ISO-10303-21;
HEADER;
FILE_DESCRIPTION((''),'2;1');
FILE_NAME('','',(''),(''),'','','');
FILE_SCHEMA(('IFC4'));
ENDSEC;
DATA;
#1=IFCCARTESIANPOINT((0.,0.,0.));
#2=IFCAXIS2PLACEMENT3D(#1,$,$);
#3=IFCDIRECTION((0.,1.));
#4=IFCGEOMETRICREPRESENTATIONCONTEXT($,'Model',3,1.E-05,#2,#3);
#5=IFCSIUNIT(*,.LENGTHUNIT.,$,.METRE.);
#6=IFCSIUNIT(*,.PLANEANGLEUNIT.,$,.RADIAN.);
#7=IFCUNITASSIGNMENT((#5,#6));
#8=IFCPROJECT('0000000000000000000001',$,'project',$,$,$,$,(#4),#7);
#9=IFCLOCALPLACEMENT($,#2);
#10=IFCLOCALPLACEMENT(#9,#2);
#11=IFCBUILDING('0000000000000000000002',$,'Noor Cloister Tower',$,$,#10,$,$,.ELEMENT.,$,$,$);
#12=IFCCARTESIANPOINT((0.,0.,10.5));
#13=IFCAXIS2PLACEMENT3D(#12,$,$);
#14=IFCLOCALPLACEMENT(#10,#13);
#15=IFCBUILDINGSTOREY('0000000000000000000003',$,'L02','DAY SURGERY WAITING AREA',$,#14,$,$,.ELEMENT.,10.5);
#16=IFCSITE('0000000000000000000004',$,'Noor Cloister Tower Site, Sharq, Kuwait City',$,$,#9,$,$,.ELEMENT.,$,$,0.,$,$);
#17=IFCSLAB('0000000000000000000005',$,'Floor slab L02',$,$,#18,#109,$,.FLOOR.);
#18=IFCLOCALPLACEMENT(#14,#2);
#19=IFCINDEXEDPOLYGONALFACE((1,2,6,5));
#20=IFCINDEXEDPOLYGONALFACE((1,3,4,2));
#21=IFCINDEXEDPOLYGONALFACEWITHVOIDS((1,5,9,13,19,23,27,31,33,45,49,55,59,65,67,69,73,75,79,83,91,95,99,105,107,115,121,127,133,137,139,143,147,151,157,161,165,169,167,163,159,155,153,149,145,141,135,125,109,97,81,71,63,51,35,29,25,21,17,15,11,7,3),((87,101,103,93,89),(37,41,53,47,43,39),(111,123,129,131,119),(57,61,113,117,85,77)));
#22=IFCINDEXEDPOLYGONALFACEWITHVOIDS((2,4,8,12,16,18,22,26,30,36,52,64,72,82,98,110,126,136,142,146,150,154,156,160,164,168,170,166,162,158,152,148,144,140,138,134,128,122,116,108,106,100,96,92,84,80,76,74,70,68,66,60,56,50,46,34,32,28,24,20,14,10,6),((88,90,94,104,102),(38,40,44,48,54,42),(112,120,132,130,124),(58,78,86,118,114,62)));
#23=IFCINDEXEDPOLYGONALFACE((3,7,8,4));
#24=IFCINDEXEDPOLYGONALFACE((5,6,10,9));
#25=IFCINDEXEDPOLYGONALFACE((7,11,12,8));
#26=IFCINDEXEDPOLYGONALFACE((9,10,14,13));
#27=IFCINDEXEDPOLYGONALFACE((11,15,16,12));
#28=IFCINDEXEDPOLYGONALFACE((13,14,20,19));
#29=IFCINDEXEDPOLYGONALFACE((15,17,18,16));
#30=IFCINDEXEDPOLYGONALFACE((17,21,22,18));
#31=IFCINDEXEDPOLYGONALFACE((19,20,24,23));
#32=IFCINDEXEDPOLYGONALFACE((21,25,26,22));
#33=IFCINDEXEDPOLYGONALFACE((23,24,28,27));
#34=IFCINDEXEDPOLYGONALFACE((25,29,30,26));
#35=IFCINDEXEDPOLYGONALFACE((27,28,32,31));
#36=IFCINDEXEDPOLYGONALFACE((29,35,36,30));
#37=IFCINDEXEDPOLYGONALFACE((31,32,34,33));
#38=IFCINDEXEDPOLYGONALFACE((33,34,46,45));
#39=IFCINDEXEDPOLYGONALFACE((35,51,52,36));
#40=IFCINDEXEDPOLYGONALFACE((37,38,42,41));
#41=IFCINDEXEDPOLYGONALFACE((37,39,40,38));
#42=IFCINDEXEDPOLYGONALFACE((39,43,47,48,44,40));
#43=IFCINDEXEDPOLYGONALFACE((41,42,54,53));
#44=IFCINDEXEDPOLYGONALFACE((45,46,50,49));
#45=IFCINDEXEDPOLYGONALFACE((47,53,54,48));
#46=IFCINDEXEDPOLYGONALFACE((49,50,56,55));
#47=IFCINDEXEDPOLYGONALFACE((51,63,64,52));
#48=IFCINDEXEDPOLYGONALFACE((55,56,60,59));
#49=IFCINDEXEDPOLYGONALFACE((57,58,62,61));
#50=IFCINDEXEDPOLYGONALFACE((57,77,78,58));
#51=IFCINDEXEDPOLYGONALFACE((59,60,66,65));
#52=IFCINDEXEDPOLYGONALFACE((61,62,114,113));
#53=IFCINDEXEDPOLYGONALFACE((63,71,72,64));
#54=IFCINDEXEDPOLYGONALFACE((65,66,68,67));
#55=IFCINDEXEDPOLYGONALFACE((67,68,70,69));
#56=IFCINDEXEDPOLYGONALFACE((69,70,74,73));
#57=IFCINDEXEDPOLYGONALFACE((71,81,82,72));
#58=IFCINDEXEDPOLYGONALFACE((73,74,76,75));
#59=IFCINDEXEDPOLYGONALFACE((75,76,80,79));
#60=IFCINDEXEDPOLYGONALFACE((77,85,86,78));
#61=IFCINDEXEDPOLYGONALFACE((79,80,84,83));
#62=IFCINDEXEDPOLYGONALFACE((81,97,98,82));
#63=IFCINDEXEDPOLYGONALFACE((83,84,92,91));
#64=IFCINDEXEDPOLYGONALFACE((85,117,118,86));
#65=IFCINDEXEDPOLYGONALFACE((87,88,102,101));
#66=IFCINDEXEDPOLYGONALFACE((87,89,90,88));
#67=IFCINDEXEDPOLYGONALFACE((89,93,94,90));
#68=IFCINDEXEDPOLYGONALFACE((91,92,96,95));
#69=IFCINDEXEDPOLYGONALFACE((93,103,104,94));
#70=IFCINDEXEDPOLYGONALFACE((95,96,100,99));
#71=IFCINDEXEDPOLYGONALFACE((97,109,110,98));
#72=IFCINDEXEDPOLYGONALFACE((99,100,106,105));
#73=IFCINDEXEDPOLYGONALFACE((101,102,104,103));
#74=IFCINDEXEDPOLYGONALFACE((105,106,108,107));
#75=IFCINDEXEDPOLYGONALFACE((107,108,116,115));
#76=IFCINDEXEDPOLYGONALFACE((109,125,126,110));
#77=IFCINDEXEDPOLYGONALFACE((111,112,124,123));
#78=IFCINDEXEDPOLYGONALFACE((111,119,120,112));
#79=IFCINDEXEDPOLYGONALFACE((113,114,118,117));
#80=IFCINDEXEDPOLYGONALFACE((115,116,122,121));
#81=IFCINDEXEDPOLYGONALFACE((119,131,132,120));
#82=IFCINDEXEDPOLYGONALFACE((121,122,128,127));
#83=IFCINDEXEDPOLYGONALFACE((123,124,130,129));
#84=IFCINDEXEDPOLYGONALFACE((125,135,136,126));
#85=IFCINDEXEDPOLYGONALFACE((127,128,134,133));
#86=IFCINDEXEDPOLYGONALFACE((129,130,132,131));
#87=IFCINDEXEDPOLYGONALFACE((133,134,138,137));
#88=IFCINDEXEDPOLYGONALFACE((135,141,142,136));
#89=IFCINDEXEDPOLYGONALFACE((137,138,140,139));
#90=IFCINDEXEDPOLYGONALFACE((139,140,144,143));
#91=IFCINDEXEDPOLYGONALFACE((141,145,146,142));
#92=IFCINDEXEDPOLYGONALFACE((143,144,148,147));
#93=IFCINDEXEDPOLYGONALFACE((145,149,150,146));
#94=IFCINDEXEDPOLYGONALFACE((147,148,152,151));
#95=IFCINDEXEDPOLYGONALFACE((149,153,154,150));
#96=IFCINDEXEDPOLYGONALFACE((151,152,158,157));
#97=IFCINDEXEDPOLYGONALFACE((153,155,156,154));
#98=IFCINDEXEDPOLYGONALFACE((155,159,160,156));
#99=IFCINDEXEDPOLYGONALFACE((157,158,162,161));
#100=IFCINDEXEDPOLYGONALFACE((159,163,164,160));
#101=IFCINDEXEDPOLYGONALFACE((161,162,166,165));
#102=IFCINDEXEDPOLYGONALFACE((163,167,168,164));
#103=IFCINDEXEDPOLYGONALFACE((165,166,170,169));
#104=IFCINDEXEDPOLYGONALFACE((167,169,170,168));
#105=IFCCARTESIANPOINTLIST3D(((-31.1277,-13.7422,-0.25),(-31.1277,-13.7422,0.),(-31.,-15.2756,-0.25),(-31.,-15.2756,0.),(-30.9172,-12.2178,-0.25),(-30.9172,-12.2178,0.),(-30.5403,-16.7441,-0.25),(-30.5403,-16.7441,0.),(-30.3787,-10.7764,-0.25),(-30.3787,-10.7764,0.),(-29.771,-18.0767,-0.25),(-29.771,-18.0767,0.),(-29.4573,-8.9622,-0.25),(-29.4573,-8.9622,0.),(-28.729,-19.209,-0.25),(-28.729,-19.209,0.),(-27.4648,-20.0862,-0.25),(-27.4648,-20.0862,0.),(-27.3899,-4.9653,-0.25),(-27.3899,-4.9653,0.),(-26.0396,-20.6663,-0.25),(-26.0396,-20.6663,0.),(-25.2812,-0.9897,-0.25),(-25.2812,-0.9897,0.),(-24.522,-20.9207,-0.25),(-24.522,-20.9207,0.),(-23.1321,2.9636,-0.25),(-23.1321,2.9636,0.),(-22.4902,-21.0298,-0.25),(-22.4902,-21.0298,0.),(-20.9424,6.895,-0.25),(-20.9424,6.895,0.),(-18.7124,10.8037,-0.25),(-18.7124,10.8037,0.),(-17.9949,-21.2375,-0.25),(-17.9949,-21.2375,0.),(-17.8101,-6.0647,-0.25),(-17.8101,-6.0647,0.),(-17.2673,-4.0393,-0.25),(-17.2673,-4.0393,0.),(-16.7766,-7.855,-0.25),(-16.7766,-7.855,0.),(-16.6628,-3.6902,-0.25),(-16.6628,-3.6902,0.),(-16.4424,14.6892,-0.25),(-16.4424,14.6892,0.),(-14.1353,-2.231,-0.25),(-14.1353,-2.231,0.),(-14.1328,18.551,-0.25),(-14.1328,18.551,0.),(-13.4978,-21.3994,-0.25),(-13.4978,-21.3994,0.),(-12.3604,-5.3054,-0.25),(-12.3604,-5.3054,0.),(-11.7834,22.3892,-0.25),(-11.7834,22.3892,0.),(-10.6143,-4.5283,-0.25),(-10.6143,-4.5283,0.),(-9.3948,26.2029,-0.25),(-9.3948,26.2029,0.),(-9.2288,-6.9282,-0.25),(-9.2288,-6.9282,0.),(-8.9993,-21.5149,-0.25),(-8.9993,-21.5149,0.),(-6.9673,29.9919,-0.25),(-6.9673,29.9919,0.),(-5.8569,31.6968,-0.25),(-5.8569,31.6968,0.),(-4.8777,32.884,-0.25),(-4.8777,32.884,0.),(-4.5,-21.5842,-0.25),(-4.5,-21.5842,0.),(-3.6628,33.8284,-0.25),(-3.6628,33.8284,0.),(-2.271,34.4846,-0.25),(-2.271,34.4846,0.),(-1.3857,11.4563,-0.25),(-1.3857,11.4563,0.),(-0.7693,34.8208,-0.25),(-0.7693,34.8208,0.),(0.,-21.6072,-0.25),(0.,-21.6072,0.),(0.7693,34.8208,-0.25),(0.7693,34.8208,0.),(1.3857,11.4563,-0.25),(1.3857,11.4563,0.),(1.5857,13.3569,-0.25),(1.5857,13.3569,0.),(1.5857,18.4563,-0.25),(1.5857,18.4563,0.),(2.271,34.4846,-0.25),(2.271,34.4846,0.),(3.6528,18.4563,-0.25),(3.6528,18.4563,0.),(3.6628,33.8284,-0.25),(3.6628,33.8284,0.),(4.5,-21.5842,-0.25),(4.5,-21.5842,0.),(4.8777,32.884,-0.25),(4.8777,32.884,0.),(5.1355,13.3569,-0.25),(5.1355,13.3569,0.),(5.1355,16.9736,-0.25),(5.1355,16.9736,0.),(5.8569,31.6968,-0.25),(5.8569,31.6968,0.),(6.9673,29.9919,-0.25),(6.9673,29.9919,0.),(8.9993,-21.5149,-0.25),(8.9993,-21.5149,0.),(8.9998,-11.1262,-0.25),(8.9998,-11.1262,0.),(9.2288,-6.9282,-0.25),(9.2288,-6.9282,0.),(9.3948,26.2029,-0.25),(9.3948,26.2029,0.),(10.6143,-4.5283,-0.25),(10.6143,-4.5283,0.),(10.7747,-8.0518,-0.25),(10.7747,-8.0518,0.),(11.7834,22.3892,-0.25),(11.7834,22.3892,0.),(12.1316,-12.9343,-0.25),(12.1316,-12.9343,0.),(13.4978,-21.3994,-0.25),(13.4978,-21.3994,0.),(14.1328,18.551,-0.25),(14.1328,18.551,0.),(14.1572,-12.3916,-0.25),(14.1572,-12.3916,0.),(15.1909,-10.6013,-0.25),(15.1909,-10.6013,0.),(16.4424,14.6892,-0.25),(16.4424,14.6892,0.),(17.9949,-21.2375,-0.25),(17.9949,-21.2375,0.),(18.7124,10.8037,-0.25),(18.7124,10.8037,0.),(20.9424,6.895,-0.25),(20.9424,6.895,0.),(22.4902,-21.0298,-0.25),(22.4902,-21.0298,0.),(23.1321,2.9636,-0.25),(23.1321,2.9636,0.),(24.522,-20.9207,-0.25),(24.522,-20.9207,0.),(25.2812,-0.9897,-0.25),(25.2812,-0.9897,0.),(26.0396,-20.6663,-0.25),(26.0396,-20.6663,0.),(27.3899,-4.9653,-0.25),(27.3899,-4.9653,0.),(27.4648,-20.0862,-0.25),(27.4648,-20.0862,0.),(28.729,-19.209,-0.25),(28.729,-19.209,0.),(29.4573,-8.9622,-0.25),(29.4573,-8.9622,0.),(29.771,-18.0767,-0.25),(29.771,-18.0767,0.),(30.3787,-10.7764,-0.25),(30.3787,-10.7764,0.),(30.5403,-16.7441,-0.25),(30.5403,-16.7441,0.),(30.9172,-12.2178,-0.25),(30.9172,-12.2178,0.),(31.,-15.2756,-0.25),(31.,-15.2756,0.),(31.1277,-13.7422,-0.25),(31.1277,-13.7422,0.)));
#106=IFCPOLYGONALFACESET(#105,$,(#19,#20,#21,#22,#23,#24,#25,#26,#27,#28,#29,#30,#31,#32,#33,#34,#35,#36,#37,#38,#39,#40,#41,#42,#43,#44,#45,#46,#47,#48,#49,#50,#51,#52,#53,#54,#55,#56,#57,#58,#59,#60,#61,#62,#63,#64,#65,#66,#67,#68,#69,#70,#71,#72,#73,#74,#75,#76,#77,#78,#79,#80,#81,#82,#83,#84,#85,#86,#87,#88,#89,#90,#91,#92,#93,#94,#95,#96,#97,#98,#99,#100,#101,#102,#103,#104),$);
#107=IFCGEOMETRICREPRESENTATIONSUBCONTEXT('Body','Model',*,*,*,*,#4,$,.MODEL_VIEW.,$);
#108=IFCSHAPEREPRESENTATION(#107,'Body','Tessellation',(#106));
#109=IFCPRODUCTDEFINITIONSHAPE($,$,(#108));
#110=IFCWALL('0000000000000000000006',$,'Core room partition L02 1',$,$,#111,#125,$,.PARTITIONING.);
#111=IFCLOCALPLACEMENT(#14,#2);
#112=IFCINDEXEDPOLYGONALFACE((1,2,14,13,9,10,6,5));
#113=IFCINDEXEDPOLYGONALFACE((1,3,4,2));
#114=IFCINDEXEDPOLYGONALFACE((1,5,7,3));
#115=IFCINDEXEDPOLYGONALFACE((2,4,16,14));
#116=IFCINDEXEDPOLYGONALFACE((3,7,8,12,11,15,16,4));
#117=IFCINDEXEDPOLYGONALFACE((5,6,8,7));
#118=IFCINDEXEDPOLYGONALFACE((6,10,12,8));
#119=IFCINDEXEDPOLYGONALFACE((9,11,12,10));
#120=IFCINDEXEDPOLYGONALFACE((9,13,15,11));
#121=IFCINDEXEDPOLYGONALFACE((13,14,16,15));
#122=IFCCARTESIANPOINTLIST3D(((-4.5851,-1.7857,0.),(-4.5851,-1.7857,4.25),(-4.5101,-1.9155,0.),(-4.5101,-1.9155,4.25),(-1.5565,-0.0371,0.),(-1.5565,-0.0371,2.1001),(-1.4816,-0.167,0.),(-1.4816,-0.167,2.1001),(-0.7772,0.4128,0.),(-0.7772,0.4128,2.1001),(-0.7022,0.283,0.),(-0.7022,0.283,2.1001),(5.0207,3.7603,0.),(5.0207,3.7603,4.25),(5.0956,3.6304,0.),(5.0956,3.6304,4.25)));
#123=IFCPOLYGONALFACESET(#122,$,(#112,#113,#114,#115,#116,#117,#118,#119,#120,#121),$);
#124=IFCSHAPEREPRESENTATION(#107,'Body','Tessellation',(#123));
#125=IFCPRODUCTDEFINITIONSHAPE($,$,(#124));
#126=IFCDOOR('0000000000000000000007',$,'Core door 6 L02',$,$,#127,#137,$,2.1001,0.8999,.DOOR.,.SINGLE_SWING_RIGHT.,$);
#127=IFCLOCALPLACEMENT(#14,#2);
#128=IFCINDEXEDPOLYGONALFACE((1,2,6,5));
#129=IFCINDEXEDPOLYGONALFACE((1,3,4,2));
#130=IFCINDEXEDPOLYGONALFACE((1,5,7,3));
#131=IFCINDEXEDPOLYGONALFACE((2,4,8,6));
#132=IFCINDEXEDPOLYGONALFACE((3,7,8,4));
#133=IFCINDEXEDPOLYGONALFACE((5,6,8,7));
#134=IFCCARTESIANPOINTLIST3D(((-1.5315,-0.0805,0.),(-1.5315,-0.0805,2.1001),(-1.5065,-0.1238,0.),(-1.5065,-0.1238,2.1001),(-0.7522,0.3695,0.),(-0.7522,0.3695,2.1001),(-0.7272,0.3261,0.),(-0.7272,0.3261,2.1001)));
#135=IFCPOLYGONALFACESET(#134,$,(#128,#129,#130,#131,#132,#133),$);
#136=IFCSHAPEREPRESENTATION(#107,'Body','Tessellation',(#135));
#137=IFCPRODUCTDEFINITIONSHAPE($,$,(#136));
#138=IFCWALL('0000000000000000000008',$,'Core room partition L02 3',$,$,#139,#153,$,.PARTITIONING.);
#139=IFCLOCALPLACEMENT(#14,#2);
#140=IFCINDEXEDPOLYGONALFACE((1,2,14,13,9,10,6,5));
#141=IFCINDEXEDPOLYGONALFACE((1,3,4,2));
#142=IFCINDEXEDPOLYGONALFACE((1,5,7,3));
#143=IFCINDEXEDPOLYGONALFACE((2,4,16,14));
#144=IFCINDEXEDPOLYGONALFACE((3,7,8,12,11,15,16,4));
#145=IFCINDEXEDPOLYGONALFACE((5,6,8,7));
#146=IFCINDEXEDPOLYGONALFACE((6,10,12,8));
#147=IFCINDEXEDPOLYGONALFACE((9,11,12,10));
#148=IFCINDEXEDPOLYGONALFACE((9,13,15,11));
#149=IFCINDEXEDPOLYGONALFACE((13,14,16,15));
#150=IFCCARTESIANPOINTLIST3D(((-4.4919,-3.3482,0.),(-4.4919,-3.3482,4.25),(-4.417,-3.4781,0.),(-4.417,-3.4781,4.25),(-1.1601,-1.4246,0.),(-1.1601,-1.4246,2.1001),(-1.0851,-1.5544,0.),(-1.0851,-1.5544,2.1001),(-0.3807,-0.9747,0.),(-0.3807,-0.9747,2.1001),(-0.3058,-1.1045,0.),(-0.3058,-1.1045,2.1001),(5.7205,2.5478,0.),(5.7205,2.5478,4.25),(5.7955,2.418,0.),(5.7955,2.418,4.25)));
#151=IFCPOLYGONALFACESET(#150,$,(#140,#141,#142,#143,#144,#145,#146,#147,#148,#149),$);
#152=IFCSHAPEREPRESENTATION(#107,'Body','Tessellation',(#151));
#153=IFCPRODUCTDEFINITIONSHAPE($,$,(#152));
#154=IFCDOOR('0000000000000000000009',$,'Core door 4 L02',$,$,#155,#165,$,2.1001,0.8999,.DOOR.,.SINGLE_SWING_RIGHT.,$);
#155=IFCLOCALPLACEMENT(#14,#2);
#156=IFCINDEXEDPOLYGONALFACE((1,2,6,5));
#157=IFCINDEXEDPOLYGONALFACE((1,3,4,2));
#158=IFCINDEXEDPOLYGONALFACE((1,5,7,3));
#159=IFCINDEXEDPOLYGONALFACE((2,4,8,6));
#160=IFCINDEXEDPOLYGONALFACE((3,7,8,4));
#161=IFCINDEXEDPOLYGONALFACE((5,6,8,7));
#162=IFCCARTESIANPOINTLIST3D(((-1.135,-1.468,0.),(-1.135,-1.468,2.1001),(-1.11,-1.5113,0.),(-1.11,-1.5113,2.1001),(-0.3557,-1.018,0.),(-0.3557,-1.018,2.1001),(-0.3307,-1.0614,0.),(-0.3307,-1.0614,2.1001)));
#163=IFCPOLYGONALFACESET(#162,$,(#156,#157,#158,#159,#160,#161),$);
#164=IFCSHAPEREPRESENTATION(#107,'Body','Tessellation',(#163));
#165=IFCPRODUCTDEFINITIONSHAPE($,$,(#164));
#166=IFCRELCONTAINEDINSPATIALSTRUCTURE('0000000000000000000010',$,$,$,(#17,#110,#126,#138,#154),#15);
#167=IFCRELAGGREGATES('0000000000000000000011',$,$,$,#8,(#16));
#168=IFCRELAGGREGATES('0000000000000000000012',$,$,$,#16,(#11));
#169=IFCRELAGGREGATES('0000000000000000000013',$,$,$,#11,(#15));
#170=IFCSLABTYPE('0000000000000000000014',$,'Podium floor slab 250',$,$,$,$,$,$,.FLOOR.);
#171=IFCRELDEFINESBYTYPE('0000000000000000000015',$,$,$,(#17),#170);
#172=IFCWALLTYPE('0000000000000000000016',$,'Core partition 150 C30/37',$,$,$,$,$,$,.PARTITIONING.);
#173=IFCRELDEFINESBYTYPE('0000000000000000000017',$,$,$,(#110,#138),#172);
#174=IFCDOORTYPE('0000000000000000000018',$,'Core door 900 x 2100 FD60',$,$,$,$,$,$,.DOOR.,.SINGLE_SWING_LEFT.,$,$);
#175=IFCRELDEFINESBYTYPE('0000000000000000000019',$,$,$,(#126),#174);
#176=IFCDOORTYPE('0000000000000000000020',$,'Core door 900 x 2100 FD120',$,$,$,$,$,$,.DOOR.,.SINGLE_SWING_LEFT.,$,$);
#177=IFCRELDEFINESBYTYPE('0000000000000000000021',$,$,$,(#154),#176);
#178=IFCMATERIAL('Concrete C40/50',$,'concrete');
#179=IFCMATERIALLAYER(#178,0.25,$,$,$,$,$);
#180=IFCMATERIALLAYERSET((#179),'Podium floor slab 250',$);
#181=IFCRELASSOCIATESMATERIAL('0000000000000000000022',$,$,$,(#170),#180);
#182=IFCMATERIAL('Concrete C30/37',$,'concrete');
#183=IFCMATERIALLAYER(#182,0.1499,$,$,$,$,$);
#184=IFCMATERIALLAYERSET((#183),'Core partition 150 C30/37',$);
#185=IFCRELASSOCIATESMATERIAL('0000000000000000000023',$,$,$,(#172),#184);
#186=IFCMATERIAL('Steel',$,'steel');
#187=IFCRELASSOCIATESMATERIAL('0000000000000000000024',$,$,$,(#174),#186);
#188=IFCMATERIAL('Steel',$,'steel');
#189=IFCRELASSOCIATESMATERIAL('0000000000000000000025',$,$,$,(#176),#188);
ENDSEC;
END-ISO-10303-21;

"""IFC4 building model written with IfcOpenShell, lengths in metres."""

from ifc_helpers import new_model, si_unit, direction, frame, frame_2d, origin, place, context, subcontext, project, spatial, polyline, rectangle, outline, extrude, material, layer, layer_set, type_object, element, fill, save


model = new_model("IFC4")

# Units and contexts
model_context = context("Model", 3, precision=1e-05, world=origin(), true_north=direction((0.0, 1.0)))
body_context = subcontext(model_context, "Body", "Model", "MODEL_VIEW")
ifc_project = project(units=[si_unit("LENGTHUNIT", "METRE"), si_unit("PLANEANGLEUNIT", "RADIAN")], contexts=[model_context])

# Site, building, storey
site_placement = place(None, origin())
site = spatial("IfcSite", under=ifc_project, at=site_placement, Name="Noor Cloister Tower Site, Sharq, Kuwait City", CompositionType="ELEMENT", RefElevation=0.0)
building_placement = place(site_placement, origin())
building = spatial("IfcBuilding", under=site, at=building_placement, Name="Noor Cloister Tower", CompositionType="ELEMENT")
storey_placement = place(building_placement, frame((0.0, 0.0, 10.5)))
storey = spatial("IfcBuildingStorey", under=building, at=storey_placement, Name="L02", Description="DAY SURGERY WAITING AREA", CompositionType="ELEMENT", Elevation=10.5)

# Slab
ifc_material_1 = material(Name="Concrete C40/50", Category="concrete")
ifc_layer_1 = layer(ifc_material_1, 0.25)
ifc_layer_set_1 = layer_set([ifc_layer_1], Name="Podium floor slab 250")
slab_type = type_object("IfcSlabType", Name="Podium floor slab 250", PredefinedType="FLOOR", material=ifc_layer_set_1)
slab_placement = place(storey_placement, frame((0.0, 0.0, -0.25)))
element("IfcSlab", 1, at=slab_placement, inside=storey, type_object=slab_type, Name="Floor slab L02", PredefinedType="FLOOR", context=body_context, shape_type="SweptSolid", body=[
    extrude(outline(polyline([(5.8569, 31.6968), (4.8777, 32.884), (3.6628, 33.8284), (2.271, 34.4846), (0.7693, 34.8208), (-0.7693, 34.8208), (-2.271, 34.4846), (-3.6628, 33.8284), (-4.8777, 32.884), (-5.8569, 31.6968), (-6.9673, 29.9919), (-9.3948, 26.2029), (-11.7834, 22.3892), (-14.1328, 18.551), (-16.4424, 14.6892), (-18.7124, 10.8037), (-20.9424, 6.895), (-23.1321, 2.9636), (-25.2812, -0.9897), (-27.3899, -4.9653), (-29.4573, -8.9622), (-30.3787, -10.7764), (-30.9172, -12.2178), (-31.1277, -13.7422), (-31.0, -15.2756), (-30.5403, -16.7441), (-29.771, -18.0767), (-28.729, -19.209), (-27.4648, -20.0862), (-26.0396, -20.6663), (-24.522, -20.9207), (-22.4902, -21.0298), (-17.9949, -21.2375), (-13.4978, -21.3994), (-8.9993, -21.5149), (-4.5, -21.5842), (0.0, -21.6072), (4.5, -21.5842), (8.9993, -21.5149), (13.4978, -21.3994), (17.9949, -21.2375), (22.4902, -21.0298), (24.522, -20.9207), (26.0396, -20.6663), (27.4648, -20.0862), (28.729, -19.209), (29.771, -18.0767), (30.5403, -16.7441), (31.0, -15.2756), (31.1277, -13.7422), (30.9172, -12.2178), (30.3787, -10.7764), (29.4573, -8.9622), (27.3899, -4.9653), (25.2812, -0.9897), (23.1321, 2.9636), (20.9424, 6.895), (18.7124, 10.8037), (16.4424, 14.6892), (14.1328, 18.551), (11.7834, 22.3892), (9.3948, 26.2029), (6.9673, 29.9919), (5.8569, 31.6968)]), holes=[polyline([(-9.2288, -6.9282), (9.2288, -6.9282), (10.6143, -4.5283), (1.3857, 11.4563), (-1.3857, 11.4563), (-10.6143, -4.5283), (-9.2288, -6.9282)]), polyline([(1.5857, 18.4563), (1.5857, 13.3569), (5.1355, 13.3569), (5.1355, 16.9736), (3.6528, 18.4563), (1.5857, 18.4563)]), polyline([(-16.7766, -7.855), (-12.3604, -5.3054), (-14.1353, -2.231), (-16.6628, -3.6902), (-17.2673, -4.0393), (-17.8101, -6.0647), (-16.7766, -7.855)]), polyline([(12.1316, -12.9343), (14.1572, -12.3916), (15.1909, -10.6013), (10.7747, -8.0518), (8.9998, -11.1262), (12.1316, -12.9343)])]), origin(), (0.0, 0.0, 1.0), 0.25),
])

# Walls, openings, doors
ifc_material_2 = material(Name="Concrete C30/37", Category="concrete")
ifc_layer_2 = layer(ifc_material_2, 0.1499)
ifc_layer_set_2 = layer_set([ifc_layer_2], Name="Core partition 150 C30/37")
wall_type_1 = type_object("IfcWallType", Name="Core partition 150 C30/37", PredefinedType="PARTITIONING", material=ifc_layer_set_2)
wall_1_placement = place(storey_placement, frame((-4.5476, -1.8506, 0.0), z_axis=(0.0, 0.0, 1.0), x_axis=(0.866024, 0.500003, 0.0)))
wall_1 = element("IfcWall", 2, at=wall_1_placement, inside=storey, type_object=wall_type_1, Name="Core room partition L02 1", PredefinedType="PARTITIONING", context=body_context, shape_type="SweptSolid", body=[
    extrude(rectangle(XDim=11.0918, YDim=0.1499, at=frame_2d((5.5459, 0.0))), origin(), (0.0, 0.0, 1.0), 4.25),
])
opening_1_placement = place(wall_1_placement, frame((3.4971, 0.0, 0.0)))
opening_1 = element("IfcOpeningElement", 3, at=opening_1_placement, cuts=wall_1, PredefinedType="OPENING", context=body_context, shape_type="SweptSolid", body=[
    extrude(rectangle(XDim=0.8999, YDim=2.1001, at=frame_2d((0.45, 1.05))), frame((0.0, 0.085, 0.0), z_axis=(0.0, -1.0, 0.0), x_axis=(1.0, 0.0, 0.0)), (0.0, 0.0, 1.0), 0.1699),
])
ifc_material_3 = material(Name="Steel", Category="steel")
door_type_1 = type_object("IfcDoorType", Name="Core door 900 x 2100 FD60", OperationType="SINGLE_SWING_LEFT", PredefinedType="DOOR", material=ifc_material_3)
door_1_placement = place(opening_1_placement, origin())
door_1 = element("IfcDoor", 4, at=door_1_placement, inside=storey, type_object=door_type_1, Name="Core door 6 L02", OperationType="SINGLE_SWING_RIGHT", OverallHeight=2.1001, OverallWidth=0.8999, PredefinedType="DOOR", context=body_context, shape_type="SweptSolid", body=[
    extrude(rectangle(XDim=0.8999, YDim=2.1001, at=frame_2d((0.45, 1.05))), frame((0.0, 0.0249, 0.0), z_axis=(0.0, -1.0, 0.0), x_axis=(1.0, 0.0, 0.0)), (0.0, 0.0, 1.0), 0.05),
])
fill(opening_1, door_1)
wall_2_placement = place(storey_placement, frame((-4.4543, -3.4131, 0.0), z_axis=(0.0, 0.0, 1.0), x_axis=(0.86603, 0.499991, 0.0)))
wall_2 = element("IfcWall", 5, at=wall_2_placement, inside=storey, type_object=wall_type_1, Name="Core room partition L02 3", PredefinedType="PARTITIONING", context=body_context, shape_type="SweptSolid", body=[
    extrude(rectangle(XDim=11.7922, YDim=0.1499, at=frame_2d((5.896, 0.0))), origin(), (0.0, 0.0, 1.0), 4.25),
])
opening_2_placement = place(wall_2_placement, frame((3.8472, 0.0, 0.0)))
opening_2 = element("IfcOpeningElement", 6, at=opening_2_placement, cuts=wall_2, PredefinedType="OPENING", context=body_context, shape_type="SweptSolid", body=[
    extrude(rectangle(XDim=0.8999, YDim=2.1001, at=frame_2d((0.45, 1.05))), frame((0.0, 0.085, 0.0), z_axis=(0.0, -1.0, 0.0), x_axis=(1.0, 0.0, 0.0)), (0.0, 0.0, 1.0), 0.1699),
])
ifc_material_4 = material(Name="Steel", Category="steel")
door_type_2 = type_object("IfcDoorType", Name="Core door 900 x 2100 FD120", OperationType="SINGLE_SWING_LEFT", PredefinedType="DOOR", material=ifc_material_4)
door_2_placement = place(opening_2_placement, origin())
door_2 = element("IfcDoor", 7, at=door_2_placement, inside=storey, type_object=door_type_2, Name="Core door 4 L02", OperationType="SINGLE_SWING_RIGHT", OverallHeight=2.1001, OverallWidth=0.8999, PredefinedType="DOOR", context=body_context, shape_type="SweptSolid", body=[
    extrude(rectangle(XDim=0.8999, YDim=2.1001, at=frame_2d((0.45, 1.05))), frame((0.0, 0.0249, 0.0), z_axis=(0.0, -1.0, 0.0), x_axis=(1.0, 0.0, 0.0)), (0.0, 0.0, 1.0), 0.05),
])
fill(opening_2, door_2)

save(model, "model.ifc")
